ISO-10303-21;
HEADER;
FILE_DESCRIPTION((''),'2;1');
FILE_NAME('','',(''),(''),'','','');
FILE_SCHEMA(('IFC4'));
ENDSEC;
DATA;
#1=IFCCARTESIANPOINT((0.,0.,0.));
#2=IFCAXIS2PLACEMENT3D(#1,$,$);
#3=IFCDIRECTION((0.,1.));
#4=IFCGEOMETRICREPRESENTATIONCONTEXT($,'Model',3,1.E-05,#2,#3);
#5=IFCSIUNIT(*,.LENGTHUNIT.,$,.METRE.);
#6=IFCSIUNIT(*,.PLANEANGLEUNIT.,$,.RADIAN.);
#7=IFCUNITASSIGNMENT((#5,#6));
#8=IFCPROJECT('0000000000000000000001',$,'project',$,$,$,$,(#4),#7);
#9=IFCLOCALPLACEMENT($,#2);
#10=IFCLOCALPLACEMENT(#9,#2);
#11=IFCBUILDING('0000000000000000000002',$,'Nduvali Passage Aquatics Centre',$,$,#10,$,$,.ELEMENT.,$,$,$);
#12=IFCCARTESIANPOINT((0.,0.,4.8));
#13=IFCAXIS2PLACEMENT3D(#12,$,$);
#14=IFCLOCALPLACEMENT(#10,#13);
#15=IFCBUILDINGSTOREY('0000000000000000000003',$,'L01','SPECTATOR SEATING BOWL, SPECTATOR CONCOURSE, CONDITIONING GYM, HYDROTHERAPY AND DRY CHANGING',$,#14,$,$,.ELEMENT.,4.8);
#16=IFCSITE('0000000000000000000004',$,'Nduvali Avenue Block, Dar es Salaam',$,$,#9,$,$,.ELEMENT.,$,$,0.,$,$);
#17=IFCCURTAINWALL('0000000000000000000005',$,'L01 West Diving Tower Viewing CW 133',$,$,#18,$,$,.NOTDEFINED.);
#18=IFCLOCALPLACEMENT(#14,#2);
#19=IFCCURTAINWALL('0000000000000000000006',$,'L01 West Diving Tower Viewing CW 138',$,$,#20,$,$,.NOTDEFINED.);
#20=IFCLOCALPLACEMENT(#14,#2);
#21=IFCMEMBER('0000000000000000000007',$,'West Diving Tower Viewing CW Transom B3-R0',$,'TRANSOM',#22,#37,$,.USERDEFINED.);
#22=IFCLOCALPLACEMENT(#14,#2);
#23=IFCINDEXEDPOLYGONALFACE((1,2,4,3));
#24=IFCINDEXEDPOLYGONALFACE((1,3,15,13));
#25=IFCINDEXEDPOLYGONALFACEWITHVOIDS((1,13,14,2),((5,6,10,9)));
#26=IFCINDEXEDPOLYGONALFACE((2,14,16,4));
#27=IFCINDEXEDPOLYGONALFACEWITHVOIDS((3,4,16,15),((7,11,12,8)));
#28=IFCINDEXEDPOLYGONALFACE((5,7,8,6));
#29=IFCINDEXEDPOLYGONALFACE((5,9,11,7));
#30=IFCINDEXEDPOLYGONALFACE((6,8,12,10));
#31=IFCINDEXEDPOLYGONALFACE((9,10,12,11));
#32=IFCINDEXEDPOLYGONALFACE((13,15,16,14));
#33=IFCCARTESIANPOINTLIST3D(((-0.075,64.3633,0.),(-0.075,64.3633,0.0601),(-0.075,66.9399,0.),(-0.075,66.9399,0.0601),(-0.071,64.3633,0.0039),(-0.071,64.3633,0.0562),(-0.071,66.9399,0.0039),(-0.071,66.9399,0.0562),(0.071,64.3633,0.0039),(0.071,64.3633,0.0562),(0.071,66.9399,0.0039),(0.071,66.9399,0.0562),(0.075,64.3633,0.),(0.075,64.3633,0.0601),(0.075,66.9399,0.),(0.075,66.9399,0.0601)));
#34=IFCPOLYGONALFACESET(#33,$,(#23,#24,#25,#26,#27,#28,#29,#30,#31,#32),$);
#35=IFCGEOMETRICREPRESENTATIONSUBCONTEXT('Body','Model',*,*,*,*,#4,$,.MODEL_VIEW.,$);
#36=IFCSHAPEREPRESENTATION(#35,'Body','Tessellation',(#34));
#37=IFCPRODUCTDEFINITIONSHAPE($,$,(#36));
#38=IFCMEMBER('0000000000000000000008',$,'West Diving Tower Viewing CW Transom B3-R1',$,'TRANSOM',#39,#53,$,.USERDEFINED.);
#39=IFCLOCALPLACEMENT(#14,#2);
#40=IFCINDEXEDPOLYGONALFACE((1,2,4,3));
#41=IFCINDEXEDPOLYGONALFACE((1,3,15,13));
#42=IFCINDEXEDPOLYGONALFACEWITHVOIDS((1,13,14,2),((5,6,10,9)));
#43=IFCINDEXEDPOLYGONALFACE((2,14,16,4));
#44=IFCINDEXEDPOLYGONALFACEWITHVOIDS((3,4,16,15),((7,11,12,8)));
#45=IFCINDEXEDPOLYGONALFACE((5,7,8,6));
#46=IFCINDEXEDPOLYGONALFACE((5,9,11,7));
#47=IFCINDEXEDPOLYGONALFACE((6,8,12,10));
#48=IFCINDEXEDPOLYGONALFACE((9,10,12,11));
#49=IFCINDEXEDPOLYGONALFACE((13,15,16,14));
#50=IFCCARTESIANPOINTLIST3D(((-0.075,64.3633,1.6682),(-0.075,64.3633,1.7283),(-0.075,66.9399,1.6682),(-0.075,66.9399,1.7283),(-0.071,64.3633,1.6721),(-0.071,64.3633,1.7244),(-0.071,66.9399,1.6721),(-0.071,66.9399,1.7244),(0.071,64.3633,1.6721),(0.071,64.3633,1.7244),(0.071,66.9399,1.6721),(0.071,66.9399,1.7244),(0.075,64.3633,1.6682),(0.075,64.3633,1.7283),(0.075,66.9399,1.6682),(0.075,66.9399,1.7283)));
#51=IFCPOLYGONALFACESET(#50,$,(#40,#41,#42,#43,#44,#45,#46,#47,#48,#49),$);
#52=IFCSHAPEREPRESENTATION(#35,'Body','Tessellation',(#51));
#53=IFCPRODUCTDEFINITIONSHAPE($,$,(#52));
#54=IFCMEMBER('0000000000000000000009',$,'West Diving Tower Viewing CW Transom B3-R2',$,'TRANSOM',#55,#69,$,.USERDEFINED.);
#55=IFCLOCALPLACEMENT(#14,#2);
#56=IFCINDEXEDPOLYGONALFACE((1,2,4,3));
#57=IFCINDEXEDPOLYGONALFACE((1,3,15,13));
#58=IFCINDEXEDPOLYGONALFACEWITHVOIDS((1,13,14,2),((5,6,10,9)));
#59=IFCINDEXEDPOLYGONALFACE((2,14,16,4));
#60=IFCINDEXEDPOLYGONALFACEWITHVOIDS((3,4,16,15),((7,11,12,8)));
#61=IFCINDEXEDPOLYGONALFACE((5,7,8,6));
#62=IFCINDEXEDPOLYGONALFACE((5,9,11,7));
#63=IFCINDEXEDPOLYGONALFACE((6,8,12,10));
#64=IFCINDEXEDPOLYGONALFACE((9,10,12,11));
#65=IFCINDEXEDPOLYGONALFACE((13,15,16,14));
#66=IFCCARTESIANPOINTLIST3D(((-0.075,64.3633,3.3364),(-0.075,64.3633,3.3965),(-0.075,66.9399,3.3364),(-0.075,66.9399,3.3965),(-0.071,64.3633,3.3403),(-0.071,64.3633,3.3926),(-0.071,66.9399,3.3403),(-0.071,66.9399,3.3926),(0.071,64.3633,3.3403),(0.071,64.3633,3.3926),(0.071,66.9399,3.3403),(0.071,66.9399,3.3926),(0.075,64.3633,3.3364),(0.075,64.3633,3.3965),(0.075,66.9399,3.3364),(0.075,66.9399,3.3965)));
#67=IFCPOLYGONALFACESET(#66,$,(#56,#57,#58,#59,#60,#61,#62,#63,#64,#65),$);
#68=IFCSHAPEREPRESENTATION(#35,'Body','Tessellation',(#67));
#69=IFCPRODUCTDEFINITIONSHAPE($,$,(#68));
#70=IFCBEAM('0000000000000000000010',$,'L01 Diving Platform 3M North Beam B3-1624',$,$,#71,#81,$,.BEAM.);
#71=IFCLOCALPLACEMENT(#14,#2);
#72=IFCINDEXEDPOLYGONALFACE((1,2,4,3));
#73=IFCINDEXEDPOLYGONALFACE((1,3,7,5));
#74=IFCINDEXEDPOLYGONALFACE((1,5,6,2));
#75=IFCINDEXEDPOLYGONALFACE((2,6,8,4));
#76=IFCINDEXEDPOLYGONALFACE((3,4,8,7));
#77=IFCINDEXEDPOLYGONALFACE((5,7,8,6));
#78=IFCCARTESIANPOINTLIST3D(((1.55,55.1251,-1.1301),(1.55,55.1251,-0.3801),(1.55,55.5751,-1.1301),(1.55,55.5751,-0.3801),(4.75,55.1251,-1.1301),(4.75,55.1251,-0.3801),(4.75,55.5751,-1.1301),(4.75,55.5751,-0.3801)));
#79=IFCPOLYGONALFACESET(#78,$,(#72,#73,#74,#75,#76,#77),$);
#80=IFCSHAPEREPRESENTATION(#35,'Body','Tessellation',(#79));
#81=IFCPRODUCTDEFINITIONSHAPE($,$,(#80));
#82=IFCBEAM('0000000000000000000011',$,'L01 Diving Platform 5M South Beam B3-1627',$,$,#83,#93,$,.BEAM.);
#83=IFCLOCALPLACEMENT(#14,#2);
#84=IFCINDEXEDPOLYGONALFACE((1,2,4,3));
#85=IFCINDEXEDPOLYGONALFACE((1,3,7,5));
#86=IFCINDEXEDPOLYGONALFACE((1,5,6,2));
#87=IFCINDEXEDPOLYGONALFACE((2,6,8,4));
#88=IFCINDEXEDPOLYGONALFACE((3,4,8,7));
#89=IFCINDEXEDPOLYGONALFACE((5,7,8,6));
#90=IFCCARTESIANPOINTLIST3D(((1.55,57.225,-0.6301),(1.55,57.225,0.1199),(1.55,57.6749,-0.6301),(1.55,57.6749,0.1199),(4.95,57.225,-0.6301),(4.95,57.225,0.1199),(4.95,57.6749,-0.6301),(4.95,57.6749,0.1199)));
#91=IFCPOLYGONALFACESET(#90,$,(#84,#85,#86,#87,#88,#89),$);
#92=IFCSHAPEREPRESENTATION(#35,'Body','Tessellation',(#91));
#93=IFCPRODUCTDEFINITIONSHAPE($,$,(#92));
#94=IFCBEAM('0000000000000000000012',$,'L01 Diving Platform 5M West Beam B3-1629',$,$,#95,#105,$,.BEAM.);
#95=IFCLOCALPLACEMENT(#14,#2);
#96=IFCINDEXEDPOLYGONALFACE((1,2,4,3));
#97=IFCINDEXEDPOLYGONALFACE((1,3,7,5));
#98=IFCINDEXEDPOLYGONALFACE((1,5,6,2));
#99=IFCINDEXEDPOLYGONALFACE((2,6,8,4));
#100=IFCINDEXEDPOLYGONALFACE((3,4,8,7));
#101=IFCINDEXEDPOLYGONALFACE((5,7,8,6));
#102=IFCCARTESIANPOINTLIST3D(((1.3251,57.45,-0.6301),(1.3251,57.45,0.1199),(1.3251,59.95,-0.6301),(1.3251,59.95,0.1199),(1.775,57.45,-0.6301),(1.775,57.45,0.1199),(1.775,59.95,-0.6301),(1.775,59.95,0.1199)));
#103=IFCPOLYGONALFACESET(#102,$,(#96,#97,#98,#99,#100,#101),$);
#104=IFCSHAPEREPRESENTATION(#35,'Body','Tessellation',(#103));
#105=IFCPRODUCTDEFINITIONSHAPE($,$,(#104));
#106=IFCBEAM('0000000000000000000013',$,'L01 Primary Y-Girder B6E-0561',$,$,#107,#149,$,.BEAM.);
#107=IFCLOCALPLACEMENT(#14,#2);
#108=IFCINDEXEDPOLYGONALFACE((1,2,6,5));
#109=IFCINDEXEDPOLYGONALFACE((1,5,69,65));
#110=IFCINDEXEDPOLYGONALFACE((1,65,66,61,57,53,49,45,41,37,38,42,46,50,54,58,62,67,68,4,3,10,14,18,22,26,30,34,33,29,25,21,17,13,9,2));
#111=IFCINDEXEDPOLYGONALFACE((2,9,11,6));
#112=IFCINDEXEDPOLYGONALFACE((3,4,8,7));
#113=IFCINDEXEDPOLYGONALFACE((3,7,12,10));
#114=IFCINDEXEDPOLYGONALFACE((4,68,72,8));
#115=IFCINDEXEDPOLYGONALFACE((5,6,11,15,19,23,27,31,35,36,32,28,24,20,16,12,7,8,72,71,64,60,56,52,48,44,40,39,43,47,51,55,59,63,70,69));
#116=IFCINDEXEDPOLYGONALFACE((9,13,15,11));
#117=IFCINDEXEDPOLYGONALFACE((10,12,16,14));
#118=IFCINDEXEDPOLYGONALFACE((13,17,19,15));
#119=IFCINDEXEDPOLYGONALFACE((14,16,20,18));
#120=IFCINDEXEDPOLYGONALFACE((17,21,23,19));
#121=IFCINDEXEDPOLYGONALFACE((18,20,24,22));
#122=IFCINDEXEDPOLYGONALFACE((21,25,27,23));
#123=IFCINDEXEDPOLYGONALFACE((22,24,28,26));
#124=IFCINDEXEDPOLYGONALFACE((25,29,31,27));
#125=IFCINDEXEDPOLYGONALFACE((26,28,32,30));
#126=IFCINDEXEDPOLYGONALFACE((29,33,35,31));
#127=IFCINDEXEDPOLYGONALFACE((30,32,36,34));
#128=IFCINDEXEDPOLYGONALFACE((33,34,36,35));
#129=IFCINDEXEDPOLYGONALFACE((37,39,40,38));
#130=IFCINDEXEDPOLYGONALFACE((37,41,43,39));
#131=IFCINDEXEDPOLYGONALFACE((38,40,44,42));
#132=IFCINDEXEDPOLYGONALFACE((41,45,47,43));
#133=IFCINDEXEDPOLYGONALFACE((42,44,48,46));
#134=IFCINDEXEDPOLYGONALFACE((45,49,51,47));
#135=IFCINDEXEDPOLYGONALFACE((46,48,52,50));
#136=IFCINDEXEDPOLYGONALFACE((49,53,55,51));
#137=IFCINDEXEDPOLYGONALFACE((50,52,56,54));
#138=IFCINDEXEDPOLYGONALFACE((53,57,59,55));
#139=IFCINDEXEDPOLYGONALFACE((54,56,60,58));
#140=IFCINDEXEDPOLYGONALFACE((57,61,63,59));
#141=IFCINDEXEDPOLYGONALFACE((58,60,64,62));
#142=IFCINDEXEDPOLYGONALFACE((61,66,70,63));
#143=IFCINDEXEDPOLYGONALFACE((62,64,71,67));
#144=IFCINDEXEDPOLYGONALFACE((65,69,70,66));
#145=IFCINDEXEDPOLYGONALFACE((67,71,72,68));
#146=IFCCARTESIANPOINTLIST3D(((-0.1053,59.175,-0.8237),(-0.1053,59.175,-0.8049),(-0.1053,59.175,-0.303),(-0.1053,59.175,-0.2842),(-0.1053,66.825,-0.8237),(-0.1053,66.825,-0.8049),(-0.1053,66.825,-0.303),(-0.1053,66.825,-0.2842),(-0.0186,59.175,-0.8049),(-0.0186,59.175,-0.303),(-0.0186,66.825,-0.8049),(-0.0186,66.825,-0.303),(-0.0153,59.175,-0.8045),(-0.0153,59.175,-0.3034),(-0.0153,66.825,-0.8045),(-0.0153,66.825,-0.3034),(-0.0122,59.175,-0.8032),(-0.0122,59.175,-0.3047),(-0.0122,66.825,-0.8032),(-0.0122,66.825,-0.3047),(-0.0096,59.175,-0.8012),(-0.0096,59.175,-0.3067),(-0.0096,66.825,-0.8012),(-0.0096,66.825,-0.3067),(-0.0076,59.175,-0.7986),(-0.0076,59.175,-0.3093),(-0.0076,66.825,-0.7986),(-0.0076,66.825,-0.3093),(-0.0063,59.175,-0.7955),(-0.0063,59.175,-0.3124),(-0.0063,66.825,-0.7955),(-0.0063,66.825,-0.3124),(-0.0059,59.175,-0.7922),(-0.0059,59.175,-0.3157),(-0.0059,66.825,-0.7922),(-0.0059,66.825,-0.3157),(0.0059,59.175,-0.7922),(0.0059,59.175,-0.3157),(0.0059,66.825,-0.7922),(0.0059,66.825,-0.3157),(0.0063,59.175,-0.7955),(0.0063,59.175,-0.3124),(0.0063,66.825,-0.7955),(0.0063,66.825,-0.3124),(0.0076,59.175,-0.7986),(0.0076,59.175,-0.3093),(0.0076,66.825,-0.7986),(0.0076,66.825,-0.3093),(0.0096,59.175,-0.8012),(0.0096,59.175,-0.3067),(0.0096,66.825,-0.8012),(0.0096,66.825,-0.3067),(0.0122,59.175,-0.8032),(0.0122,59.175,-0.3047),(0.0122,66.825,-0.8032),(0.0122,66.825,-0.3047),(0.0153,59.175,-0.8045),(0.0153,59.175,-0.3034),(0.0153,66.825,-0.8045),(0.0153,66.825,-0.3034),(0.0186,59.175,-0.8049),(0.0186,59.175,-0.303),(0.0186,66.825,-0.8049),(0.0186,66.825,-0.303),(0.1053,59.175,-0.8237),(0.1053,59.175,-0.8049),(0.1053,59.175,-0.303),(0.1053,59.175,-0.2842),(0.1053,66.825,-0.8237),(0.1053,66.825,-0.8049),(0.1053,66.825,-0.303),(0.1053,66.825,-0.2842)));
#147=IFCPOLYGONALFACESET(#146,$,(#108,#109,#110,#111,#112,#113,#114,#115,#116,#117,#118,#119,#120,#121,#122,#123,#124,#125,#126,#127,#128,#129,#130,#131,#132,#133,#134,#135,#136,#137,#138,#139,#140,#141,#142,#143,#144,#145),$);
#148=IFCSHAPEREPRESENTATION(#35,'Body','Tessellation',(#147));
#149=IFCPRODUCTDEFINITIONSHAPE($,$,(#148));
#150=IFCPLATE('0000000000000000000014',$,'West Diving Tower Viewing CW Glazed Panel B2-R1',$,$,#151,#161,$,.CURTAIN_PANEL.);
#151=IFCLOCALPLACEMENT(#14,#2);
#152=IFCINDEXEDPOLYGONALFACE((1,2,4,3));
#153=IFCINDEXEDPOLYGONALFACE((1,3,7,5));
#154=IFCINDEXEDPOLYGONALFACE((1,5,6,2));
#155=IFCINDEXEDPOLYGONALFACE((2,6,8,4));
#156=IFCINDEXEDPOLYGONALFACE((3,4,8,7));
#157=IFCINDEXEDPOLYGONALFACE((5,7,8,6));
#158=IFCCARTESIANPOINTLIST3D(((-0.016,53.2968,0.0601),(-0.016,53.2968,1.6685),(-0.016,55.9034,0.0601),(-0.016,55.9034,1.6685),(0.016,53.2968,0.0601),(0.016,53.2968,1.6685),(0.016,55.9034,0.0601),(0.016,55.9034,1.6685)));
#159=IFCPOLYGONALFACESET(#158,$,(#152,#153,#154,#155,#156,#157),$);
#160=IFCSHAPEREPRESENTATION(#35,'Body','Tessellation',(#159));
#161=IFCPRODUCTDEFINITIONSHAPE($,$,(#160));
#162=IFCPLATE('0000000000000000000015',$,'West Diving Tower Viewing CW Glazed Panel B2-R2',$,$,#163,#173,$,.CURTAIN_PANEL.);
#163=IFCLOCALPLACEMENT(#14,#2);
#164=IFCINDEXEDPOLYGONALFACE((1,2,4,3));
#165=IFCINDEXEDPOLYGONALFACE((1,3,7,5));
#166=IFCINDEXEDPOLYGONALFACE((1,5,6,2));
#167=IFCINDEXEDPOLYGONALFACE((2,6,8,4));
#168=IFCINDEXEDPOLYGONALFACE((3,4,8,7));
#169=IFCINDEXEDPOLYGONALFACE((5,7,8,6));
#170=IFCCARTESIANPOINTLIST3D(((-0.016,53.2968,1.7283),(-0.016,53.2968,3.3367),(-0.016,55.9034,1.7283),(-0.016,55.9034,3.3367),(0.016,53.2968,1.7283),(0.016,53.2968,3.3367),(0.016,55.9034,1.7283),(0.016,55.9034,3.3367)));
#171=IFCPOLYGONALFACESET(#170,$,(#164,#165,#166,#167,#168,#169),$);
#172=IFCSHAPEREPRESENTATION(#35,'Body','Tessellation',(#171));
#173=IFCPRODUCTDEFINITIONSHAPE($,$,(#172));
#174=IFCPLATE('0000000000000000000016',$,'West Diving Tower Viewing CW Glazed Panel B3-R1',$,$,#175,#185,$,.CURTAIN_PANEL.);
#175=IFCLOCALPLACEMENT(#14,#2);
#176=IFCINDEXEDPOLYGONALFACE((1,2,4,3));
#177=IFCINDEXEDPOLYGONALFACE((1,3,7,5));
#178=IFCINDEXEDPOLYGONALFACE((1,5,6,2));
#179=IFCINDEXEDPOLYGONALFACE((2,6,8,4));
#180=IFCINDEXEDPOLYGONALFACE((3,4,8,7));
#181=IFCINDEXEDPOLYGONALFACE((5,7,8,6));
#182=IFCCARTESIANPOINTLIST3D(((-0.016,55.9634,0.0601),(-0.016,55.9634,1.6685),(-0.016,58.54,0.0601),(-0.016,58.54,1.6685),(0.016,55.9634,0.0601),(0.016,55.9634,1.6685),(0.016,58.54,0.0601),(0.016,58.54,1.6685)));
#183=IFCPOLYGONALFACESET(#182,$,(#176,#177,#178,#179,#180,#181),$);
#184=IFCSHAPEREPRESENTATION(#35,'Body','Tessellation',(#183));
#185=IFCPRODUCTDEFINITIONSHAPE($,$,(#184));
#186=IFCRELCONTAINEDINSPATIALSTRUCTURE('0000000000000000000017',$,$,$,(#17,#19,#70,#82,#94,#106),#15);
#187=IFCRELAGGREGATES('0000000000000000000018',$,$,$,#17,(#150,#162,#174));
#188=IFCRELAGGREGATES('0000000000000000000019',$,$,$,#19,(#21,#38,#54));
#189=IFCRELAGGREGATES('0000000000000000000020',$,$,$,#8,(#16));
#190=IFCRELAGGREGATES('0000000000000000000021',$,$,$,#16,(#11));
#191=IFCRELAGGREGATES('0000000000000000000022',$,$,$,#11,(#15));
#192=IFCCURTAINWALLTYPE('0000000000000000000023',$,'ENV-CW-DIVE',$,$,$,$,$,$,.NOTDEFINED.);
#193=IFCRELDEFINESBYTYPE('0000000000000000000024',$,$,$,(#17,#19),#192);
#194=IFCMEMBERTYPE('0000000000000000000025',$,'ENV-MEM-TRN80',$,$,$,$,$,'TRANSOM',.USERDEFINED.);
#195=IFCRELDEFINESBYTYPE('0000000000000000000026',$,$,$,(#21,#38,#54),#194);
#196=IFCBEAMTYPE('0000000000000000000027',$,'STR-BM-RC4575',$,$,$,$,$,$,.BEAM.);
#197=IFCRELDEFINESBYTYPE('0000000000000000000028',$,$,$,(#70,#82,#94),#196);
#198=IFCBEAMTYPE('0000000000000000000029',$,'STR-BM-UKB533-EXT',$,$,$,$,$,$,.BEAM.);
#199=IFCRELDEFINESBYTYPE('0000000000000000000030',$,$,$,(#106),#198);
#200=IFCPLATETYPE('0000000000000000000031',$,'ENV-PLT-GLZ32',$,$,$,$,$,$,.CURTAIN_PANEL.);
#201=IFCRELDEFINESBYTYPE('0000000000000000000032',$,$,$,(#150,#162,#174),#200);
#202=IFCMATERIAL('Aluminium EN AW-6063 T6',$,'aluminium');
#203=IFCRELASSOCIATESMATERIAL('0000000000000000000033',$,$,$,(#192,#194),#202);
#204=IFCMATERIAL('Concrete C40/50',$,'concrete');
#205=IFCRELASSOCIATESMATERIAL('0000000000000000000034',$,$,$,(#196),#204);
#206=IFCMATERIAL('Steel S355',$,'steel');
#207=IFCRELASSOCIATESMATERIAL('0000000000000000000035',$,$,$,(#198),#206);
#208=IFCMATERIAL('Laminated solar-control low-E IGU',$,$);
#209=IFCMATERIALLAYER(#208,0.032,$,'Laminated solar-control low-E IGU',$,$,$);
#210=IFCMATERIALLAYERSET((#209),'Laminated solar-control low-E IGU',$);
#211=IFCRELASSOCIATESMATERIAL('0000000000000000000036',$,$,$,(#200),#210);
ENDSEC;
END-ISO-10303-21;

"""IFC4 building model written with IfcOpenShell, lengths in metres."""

from ifc_helpers import new_model, si_unit, direction, frame, origin, origin_2d, place, context, subcontext, project, spatial, rectangle, hollow_rectangle, i_section, extrude, material, layer, layer_set, material_profile, profile_set, type_object, element, aggregate, save


model = new_model("IFC4")

# Units and contexts
model_context = context("Model", 3, precision=1e-05, world=origin(), true_north=direction((0.0, 1.0)))
body_context = subcontext(model_context, "Body", "Model", "MODEL_VIEW")
ifc_project = project(units=[si_unit("LENGTHUNIT", "METRE"), si_unit("PLANEANGLEUNIT", "RADIAN")], contexts=[model_context])

# Site, building, storey
site_placement = place(None, origin())
site = spatial("IfcSite", under=ifc_project, at=site_placement, Name="Nduvali Avenue Block, Dar es Salaam", CompositionType="ELEMENT", RefElevation=0.0)
building_placement = place(site_placement, origin())
building = spatial("IfcBuilding", under=site, at=building_placement, Name="Nduvali Passage Aquatics Centre", CompositionType="ELEMENT")
storey_placement = place(building_placement, frame((0.0, 0.0, 4.8)))
storey = spatial("IfcBuildingStorey", under=building, at=storey_placement, Name="L01", Description="SPECTATOR SEATING BOWL, SPECTATOR CONCOURSE, CONDITIONING GYM, HYDROTHERAPY AND DRY CHANGING", CompositionType="ELEMENT", Elevation=4.8)

# Shared definitions
ifc_material_1 = material(Name="Steel S355", Category="steel")
ifc_material_2 = material(Name="Concrete C40/50", Category="concrete")

# Curtain walls
ifc_material_3 = material(Name="Aluminium EN AW-6063 T6", Category="aluminium")
curtain_wall_type = type_object("IfcCurtainWallType", Name="ENV-CW-DIVE", PredefinedType="NOTDEFINED", material=ifc_material_3)
curtain_wall_1_placement = place(storey_placement, origin())
curtain_wall_1 = element("IfcCurtainWall", 1, at=curtain_wall_1_placement, inside=storey, type_object=curtain_wall_type, Name="L01 West Diving Tower Viewing CW 133", PredefinedType="NOTDEFINED")
curtain_wall_2_placement = place(storey_placement, origin())
curtain_wall_2 = element("IfcCurtainWall", 2, at=curtain_wall_2_placement, inside=storey, type_object=curtain_wall_type, Name="L01 West Diving Tower Viewing CW 138", PredefinedType="NOTDEFINED")

# Members
ifc_material_profile_1 = material_profile(ifc_material_3, hollow_rectangle(XDim=0.1499, YDim=0.0601, WallThickness=0.0039, at=origin_2d()), Name="ALU TRANSOM 150x60x4")
ifc_profile_set_1 = profile_set([ifc_material_profile_1], Name="Aluminium EN AW-6063 T6")
member_type_1 = type_object("IfcMemberType", Name="ENV-MEM-TRN80", ElementType="TRANSOM", PredefinedType="USERDEFINED", material=ifc_profile_set_1)
member_1_placement = place(storey_placement, frame((0.0, 64.3633, 0.03), z_axis=(0.0, 1.0, 0.0), x_axis=(-1.0, 0.0, 0.0)))
member_1 = element("IfcMember", 3, at=member_1_placement, type_object=member_type_1, Name="West Diving Tower Viewing CW Transom B3-R0", ObjectType="TRANSOM", PredefinedType="USERDEFINED", context=body_context, shape_type="SweptSolid", body=[
    extrude(hollow_rectangle(XDim=0.1499, YDim=0.0601, WallThickness=0.0039, at=origin_2d()), origin(), (0.0, 0.0, 1.0), 2.5767),
])
member_2_placement = place(storey_placement, frame((0.0, 64.3633, 1.6982), z_axis=(0.0, 1.0, 0.0), x_axis=(-1.0, 0.0, 0.0)))
member_2 = element("IfcMember", 4, at=member_2_placement, type_object=member_type_1, Name="West Diving Tower Viewing CW Transom B3-R1", ObjectType="TRANSOM", PredefinedType="USERDEFINED", context=body_context, shape_type="SweptSolid", body=[
    extrude(hollow_rectangle(XDim=0.1499, YDim=0.0601, WallThickness=0.0039, at=origin_2d()), origin(), (0.0, 0.0, 1.0), 2.5767),
])
member_3_placement = place(storey_placement, frame((0.0, 64.3633, 3.3665), z_axis=(0.0, 1.0, 0.0), x_axis=(-1.0, 0.0, 0.0)))
member_3 = element("IfcMember", 5, at=member_3_placement, type_object=member_type_1, Name="West Diving Tower Viewing CW Transom B3-R2", ObjectType="TRANSOM", PredefinedType="USERDEFINED", context=body_context, shape_type="SweptSolid", body=[
    extrude(hollow_rectangle(XDim=0.1499, YDim=0.0601, WallThickness=0.0039, at=origin_2d()), origin(), (0.0, 0.0, 1.0), 2.5767),
])

# Beams
ifc_material_profile_2 = material_profile(ifc_material_2, rectangle(XDim=0.45, YDim=0.75, at=origin_2d()), Name="RC 450x750")
ifc_profile_set_2 = profile_set([ifc_material_profile_2], Name="Concrete C40/50")
beam_type_1 = type_object("IfcBeamType", Name="STR-BM-RC4575", PredefinedType="BEAM", material=ifc_profile_set_2)
beam_1_placement = place(storey_placement, frame((1.55, 55.3501, -0.7551), z_axis=(1.0, 0.0, 0.0), x_axis=(0.0, 1.0, 0.0)))
element("IfcBeam", 6, at=beam_1_placement, inside=storey, type_object=beam_type_1, Name="L01 Diving Platform 3M North Beam B3-1624", PredefinedType="BEAM", context=body_context, shape_type="SweptSolid", body=[
    extrude(rectangle(XDim=0.45, YDim=0.75, at=origin_2d()), origin(), (0.0, 0.0, 1.0), 3.2),
])
beam_2_placement = place(storey_placement, frame((1.55, 57.45, -0.2551), z_axis=(1.0, 0.0, 0.0), x_axis=(0.0, 1.0, 0.0)))
element("IfcBeam", 7, at=beam_2_placement, inside=storey, type_object=beam_type_1, Name="L01 Diving Platform 5M South Beam B3-1627", PredefinedType="BEAM", context=body_context, shape_type="SweptSolid", body=[
    extrude(rectangle(XDim=0.45, YDim=0.75, at=origin_2d()), origin(), (0.0, 0.0, 1.0), 3.3999),
])
beam_3_placement = place(storey_placement, frame((1.55, 57.45, -0.2551), z_axis=(0.0, 1.0, 0.0), x_axis=(-1.0, 0.0, 0.0)))
element("IfcBeam", 8, at=beam_3_placement, inside=storey, type_object=beam_type_1, Name="L01 Diving Platform 5M West Beam B3-1629", PredefinedType="BEAM", context=body_context, shape_type="SweptSolid", body=[
    extrude(rectangle(XDim=0.45, YDim=0.75, at=origin_2d()), origin(), (0.0, 0.0, 1.0), 2.5),
])
ifc_material_profile_3 = material_profile(ifc_material_1, i_section(OverallWidth=0.2107, OverallDepth=0.5396, WebThickness=0.0117, FlangeThickness=0.0188, FilletRadius=0.0127, at=origin_2d()), Name="UKB 533x210x109")
ifc_profile_set_3 = profile_set([ifc_material_profile_3], Name="Steel S355")
beam_type_2 = type_object("IfcBeamType", Name="STR-BM-UKB533-EXT", PredefinedType="BEAM", material=ifc_profile_set_3)
beam_4_placement = place(storey_placement, frame((0.0, 59.175, -0.554), z_axis=(0.0, 1.0, 0.0), x_axis=(-1.0, 0.0, 0.0)))
element("IfcBeam", 9, at=beam_4_placement, inside=storey, type_object=beam_type_2, Name="L01 Primary Y-Girder B6E-0561", PredefinedType="BEAM", context=body_context, shape_type="SweptSolid", body=[
    extrude(i_section(OverallWidth=0.2107, OverallDepth=0.5396, WebThickness=0.0117, FlangeThickness=0.0188, FilletRadius=0.0127, at=origin_2d()), origin(), (0.0, 0.0, 1.0), 7.6499),
])

# Plates
ifc_material_4 = material(Name="Laminated solar-control low-E IGU")
ifc_layer = layer(ifc_material_4, 0.032, Name="Laminated solar-control low-E IGU")
ifc_layer_set = layer_set([ifc_layer], Name="Laminated solar-control low-E IGU")
plate_type = type_object("IfcPlateType", Name="ENV-PLT-GLZ32", PredefinedType="CURTAIN_PANEL", material=ifc_layer_set)
plate_1_placement = place(storey_placement, frame((0.0, 54.6001, 0.0601), z_axis=(0.0, 0.0, 1.0), x_axis=(0.0, 1.0, 0.0)))
plate_1 = element("IfcPlate", 10, at=plate_1_placement, type_object=plate_type, Name="West Diving Tower Viewing CW Glazed Panel B2-R1", PredefinedType="CURTAIN_PANEL", context=body_context, shape_type="SweptSolid", body=[
    extrude(rectangle(XDim=2.6067, YDim=0.032, at=origin_2d()), origin(), (0.0, 0.0, 1.0), 1.6084),
])
plate_2_placement = place(storey_placement, frame((0.0, 54.6001, 1.7283), z_axis=(0.0, 0.0, 1.0), x_axis=(0.0, 1.0, 0.0)))
plate_2 = element("IfcPlate", 11, at=plate_2_placement, type_object=plate_type, Name="West Diving Tower Viewing CW Glazed Panel B2-R2", PredefinedType="CURTAIN_PANEL", context=body_context, shape_type="SweptSolid", body=[
    extrude(rectangle(XDim=2.6067, YDim=0.032, at=origin_2d()), origin(), (0.0, 0.0, 1.0), 1.6084),
])
plate_3_placement = place(storey_placement, frame((0.0, 57.2517, 0.0601), z_axis=(0.0, 0.0, 1.0), x_axis=(0.0, 1.0, 0.0)))
plate_3 = element("IfcPlate", 12, at=plate_3_placement, type_object=plate_type, Name="West Diving Tower Viewing CW Glazed Panel B3-R1", PredefinedType="CURTAIN_PANEL", context=body_context, shape_type="SweptSolid", body=[
    extrude(rectangle(XDim=2.5767, YDim=0.032, at=origin_2d()), origin(), (0.0, 0.0, 1.0), 1.6084),
])
aggregate(curtain_wall_1, [plate_1, plate_2, plate_3])
aggregate(curtain_wall_2, [member_1, member_2, member_3])

save(model, "model.ifc")
